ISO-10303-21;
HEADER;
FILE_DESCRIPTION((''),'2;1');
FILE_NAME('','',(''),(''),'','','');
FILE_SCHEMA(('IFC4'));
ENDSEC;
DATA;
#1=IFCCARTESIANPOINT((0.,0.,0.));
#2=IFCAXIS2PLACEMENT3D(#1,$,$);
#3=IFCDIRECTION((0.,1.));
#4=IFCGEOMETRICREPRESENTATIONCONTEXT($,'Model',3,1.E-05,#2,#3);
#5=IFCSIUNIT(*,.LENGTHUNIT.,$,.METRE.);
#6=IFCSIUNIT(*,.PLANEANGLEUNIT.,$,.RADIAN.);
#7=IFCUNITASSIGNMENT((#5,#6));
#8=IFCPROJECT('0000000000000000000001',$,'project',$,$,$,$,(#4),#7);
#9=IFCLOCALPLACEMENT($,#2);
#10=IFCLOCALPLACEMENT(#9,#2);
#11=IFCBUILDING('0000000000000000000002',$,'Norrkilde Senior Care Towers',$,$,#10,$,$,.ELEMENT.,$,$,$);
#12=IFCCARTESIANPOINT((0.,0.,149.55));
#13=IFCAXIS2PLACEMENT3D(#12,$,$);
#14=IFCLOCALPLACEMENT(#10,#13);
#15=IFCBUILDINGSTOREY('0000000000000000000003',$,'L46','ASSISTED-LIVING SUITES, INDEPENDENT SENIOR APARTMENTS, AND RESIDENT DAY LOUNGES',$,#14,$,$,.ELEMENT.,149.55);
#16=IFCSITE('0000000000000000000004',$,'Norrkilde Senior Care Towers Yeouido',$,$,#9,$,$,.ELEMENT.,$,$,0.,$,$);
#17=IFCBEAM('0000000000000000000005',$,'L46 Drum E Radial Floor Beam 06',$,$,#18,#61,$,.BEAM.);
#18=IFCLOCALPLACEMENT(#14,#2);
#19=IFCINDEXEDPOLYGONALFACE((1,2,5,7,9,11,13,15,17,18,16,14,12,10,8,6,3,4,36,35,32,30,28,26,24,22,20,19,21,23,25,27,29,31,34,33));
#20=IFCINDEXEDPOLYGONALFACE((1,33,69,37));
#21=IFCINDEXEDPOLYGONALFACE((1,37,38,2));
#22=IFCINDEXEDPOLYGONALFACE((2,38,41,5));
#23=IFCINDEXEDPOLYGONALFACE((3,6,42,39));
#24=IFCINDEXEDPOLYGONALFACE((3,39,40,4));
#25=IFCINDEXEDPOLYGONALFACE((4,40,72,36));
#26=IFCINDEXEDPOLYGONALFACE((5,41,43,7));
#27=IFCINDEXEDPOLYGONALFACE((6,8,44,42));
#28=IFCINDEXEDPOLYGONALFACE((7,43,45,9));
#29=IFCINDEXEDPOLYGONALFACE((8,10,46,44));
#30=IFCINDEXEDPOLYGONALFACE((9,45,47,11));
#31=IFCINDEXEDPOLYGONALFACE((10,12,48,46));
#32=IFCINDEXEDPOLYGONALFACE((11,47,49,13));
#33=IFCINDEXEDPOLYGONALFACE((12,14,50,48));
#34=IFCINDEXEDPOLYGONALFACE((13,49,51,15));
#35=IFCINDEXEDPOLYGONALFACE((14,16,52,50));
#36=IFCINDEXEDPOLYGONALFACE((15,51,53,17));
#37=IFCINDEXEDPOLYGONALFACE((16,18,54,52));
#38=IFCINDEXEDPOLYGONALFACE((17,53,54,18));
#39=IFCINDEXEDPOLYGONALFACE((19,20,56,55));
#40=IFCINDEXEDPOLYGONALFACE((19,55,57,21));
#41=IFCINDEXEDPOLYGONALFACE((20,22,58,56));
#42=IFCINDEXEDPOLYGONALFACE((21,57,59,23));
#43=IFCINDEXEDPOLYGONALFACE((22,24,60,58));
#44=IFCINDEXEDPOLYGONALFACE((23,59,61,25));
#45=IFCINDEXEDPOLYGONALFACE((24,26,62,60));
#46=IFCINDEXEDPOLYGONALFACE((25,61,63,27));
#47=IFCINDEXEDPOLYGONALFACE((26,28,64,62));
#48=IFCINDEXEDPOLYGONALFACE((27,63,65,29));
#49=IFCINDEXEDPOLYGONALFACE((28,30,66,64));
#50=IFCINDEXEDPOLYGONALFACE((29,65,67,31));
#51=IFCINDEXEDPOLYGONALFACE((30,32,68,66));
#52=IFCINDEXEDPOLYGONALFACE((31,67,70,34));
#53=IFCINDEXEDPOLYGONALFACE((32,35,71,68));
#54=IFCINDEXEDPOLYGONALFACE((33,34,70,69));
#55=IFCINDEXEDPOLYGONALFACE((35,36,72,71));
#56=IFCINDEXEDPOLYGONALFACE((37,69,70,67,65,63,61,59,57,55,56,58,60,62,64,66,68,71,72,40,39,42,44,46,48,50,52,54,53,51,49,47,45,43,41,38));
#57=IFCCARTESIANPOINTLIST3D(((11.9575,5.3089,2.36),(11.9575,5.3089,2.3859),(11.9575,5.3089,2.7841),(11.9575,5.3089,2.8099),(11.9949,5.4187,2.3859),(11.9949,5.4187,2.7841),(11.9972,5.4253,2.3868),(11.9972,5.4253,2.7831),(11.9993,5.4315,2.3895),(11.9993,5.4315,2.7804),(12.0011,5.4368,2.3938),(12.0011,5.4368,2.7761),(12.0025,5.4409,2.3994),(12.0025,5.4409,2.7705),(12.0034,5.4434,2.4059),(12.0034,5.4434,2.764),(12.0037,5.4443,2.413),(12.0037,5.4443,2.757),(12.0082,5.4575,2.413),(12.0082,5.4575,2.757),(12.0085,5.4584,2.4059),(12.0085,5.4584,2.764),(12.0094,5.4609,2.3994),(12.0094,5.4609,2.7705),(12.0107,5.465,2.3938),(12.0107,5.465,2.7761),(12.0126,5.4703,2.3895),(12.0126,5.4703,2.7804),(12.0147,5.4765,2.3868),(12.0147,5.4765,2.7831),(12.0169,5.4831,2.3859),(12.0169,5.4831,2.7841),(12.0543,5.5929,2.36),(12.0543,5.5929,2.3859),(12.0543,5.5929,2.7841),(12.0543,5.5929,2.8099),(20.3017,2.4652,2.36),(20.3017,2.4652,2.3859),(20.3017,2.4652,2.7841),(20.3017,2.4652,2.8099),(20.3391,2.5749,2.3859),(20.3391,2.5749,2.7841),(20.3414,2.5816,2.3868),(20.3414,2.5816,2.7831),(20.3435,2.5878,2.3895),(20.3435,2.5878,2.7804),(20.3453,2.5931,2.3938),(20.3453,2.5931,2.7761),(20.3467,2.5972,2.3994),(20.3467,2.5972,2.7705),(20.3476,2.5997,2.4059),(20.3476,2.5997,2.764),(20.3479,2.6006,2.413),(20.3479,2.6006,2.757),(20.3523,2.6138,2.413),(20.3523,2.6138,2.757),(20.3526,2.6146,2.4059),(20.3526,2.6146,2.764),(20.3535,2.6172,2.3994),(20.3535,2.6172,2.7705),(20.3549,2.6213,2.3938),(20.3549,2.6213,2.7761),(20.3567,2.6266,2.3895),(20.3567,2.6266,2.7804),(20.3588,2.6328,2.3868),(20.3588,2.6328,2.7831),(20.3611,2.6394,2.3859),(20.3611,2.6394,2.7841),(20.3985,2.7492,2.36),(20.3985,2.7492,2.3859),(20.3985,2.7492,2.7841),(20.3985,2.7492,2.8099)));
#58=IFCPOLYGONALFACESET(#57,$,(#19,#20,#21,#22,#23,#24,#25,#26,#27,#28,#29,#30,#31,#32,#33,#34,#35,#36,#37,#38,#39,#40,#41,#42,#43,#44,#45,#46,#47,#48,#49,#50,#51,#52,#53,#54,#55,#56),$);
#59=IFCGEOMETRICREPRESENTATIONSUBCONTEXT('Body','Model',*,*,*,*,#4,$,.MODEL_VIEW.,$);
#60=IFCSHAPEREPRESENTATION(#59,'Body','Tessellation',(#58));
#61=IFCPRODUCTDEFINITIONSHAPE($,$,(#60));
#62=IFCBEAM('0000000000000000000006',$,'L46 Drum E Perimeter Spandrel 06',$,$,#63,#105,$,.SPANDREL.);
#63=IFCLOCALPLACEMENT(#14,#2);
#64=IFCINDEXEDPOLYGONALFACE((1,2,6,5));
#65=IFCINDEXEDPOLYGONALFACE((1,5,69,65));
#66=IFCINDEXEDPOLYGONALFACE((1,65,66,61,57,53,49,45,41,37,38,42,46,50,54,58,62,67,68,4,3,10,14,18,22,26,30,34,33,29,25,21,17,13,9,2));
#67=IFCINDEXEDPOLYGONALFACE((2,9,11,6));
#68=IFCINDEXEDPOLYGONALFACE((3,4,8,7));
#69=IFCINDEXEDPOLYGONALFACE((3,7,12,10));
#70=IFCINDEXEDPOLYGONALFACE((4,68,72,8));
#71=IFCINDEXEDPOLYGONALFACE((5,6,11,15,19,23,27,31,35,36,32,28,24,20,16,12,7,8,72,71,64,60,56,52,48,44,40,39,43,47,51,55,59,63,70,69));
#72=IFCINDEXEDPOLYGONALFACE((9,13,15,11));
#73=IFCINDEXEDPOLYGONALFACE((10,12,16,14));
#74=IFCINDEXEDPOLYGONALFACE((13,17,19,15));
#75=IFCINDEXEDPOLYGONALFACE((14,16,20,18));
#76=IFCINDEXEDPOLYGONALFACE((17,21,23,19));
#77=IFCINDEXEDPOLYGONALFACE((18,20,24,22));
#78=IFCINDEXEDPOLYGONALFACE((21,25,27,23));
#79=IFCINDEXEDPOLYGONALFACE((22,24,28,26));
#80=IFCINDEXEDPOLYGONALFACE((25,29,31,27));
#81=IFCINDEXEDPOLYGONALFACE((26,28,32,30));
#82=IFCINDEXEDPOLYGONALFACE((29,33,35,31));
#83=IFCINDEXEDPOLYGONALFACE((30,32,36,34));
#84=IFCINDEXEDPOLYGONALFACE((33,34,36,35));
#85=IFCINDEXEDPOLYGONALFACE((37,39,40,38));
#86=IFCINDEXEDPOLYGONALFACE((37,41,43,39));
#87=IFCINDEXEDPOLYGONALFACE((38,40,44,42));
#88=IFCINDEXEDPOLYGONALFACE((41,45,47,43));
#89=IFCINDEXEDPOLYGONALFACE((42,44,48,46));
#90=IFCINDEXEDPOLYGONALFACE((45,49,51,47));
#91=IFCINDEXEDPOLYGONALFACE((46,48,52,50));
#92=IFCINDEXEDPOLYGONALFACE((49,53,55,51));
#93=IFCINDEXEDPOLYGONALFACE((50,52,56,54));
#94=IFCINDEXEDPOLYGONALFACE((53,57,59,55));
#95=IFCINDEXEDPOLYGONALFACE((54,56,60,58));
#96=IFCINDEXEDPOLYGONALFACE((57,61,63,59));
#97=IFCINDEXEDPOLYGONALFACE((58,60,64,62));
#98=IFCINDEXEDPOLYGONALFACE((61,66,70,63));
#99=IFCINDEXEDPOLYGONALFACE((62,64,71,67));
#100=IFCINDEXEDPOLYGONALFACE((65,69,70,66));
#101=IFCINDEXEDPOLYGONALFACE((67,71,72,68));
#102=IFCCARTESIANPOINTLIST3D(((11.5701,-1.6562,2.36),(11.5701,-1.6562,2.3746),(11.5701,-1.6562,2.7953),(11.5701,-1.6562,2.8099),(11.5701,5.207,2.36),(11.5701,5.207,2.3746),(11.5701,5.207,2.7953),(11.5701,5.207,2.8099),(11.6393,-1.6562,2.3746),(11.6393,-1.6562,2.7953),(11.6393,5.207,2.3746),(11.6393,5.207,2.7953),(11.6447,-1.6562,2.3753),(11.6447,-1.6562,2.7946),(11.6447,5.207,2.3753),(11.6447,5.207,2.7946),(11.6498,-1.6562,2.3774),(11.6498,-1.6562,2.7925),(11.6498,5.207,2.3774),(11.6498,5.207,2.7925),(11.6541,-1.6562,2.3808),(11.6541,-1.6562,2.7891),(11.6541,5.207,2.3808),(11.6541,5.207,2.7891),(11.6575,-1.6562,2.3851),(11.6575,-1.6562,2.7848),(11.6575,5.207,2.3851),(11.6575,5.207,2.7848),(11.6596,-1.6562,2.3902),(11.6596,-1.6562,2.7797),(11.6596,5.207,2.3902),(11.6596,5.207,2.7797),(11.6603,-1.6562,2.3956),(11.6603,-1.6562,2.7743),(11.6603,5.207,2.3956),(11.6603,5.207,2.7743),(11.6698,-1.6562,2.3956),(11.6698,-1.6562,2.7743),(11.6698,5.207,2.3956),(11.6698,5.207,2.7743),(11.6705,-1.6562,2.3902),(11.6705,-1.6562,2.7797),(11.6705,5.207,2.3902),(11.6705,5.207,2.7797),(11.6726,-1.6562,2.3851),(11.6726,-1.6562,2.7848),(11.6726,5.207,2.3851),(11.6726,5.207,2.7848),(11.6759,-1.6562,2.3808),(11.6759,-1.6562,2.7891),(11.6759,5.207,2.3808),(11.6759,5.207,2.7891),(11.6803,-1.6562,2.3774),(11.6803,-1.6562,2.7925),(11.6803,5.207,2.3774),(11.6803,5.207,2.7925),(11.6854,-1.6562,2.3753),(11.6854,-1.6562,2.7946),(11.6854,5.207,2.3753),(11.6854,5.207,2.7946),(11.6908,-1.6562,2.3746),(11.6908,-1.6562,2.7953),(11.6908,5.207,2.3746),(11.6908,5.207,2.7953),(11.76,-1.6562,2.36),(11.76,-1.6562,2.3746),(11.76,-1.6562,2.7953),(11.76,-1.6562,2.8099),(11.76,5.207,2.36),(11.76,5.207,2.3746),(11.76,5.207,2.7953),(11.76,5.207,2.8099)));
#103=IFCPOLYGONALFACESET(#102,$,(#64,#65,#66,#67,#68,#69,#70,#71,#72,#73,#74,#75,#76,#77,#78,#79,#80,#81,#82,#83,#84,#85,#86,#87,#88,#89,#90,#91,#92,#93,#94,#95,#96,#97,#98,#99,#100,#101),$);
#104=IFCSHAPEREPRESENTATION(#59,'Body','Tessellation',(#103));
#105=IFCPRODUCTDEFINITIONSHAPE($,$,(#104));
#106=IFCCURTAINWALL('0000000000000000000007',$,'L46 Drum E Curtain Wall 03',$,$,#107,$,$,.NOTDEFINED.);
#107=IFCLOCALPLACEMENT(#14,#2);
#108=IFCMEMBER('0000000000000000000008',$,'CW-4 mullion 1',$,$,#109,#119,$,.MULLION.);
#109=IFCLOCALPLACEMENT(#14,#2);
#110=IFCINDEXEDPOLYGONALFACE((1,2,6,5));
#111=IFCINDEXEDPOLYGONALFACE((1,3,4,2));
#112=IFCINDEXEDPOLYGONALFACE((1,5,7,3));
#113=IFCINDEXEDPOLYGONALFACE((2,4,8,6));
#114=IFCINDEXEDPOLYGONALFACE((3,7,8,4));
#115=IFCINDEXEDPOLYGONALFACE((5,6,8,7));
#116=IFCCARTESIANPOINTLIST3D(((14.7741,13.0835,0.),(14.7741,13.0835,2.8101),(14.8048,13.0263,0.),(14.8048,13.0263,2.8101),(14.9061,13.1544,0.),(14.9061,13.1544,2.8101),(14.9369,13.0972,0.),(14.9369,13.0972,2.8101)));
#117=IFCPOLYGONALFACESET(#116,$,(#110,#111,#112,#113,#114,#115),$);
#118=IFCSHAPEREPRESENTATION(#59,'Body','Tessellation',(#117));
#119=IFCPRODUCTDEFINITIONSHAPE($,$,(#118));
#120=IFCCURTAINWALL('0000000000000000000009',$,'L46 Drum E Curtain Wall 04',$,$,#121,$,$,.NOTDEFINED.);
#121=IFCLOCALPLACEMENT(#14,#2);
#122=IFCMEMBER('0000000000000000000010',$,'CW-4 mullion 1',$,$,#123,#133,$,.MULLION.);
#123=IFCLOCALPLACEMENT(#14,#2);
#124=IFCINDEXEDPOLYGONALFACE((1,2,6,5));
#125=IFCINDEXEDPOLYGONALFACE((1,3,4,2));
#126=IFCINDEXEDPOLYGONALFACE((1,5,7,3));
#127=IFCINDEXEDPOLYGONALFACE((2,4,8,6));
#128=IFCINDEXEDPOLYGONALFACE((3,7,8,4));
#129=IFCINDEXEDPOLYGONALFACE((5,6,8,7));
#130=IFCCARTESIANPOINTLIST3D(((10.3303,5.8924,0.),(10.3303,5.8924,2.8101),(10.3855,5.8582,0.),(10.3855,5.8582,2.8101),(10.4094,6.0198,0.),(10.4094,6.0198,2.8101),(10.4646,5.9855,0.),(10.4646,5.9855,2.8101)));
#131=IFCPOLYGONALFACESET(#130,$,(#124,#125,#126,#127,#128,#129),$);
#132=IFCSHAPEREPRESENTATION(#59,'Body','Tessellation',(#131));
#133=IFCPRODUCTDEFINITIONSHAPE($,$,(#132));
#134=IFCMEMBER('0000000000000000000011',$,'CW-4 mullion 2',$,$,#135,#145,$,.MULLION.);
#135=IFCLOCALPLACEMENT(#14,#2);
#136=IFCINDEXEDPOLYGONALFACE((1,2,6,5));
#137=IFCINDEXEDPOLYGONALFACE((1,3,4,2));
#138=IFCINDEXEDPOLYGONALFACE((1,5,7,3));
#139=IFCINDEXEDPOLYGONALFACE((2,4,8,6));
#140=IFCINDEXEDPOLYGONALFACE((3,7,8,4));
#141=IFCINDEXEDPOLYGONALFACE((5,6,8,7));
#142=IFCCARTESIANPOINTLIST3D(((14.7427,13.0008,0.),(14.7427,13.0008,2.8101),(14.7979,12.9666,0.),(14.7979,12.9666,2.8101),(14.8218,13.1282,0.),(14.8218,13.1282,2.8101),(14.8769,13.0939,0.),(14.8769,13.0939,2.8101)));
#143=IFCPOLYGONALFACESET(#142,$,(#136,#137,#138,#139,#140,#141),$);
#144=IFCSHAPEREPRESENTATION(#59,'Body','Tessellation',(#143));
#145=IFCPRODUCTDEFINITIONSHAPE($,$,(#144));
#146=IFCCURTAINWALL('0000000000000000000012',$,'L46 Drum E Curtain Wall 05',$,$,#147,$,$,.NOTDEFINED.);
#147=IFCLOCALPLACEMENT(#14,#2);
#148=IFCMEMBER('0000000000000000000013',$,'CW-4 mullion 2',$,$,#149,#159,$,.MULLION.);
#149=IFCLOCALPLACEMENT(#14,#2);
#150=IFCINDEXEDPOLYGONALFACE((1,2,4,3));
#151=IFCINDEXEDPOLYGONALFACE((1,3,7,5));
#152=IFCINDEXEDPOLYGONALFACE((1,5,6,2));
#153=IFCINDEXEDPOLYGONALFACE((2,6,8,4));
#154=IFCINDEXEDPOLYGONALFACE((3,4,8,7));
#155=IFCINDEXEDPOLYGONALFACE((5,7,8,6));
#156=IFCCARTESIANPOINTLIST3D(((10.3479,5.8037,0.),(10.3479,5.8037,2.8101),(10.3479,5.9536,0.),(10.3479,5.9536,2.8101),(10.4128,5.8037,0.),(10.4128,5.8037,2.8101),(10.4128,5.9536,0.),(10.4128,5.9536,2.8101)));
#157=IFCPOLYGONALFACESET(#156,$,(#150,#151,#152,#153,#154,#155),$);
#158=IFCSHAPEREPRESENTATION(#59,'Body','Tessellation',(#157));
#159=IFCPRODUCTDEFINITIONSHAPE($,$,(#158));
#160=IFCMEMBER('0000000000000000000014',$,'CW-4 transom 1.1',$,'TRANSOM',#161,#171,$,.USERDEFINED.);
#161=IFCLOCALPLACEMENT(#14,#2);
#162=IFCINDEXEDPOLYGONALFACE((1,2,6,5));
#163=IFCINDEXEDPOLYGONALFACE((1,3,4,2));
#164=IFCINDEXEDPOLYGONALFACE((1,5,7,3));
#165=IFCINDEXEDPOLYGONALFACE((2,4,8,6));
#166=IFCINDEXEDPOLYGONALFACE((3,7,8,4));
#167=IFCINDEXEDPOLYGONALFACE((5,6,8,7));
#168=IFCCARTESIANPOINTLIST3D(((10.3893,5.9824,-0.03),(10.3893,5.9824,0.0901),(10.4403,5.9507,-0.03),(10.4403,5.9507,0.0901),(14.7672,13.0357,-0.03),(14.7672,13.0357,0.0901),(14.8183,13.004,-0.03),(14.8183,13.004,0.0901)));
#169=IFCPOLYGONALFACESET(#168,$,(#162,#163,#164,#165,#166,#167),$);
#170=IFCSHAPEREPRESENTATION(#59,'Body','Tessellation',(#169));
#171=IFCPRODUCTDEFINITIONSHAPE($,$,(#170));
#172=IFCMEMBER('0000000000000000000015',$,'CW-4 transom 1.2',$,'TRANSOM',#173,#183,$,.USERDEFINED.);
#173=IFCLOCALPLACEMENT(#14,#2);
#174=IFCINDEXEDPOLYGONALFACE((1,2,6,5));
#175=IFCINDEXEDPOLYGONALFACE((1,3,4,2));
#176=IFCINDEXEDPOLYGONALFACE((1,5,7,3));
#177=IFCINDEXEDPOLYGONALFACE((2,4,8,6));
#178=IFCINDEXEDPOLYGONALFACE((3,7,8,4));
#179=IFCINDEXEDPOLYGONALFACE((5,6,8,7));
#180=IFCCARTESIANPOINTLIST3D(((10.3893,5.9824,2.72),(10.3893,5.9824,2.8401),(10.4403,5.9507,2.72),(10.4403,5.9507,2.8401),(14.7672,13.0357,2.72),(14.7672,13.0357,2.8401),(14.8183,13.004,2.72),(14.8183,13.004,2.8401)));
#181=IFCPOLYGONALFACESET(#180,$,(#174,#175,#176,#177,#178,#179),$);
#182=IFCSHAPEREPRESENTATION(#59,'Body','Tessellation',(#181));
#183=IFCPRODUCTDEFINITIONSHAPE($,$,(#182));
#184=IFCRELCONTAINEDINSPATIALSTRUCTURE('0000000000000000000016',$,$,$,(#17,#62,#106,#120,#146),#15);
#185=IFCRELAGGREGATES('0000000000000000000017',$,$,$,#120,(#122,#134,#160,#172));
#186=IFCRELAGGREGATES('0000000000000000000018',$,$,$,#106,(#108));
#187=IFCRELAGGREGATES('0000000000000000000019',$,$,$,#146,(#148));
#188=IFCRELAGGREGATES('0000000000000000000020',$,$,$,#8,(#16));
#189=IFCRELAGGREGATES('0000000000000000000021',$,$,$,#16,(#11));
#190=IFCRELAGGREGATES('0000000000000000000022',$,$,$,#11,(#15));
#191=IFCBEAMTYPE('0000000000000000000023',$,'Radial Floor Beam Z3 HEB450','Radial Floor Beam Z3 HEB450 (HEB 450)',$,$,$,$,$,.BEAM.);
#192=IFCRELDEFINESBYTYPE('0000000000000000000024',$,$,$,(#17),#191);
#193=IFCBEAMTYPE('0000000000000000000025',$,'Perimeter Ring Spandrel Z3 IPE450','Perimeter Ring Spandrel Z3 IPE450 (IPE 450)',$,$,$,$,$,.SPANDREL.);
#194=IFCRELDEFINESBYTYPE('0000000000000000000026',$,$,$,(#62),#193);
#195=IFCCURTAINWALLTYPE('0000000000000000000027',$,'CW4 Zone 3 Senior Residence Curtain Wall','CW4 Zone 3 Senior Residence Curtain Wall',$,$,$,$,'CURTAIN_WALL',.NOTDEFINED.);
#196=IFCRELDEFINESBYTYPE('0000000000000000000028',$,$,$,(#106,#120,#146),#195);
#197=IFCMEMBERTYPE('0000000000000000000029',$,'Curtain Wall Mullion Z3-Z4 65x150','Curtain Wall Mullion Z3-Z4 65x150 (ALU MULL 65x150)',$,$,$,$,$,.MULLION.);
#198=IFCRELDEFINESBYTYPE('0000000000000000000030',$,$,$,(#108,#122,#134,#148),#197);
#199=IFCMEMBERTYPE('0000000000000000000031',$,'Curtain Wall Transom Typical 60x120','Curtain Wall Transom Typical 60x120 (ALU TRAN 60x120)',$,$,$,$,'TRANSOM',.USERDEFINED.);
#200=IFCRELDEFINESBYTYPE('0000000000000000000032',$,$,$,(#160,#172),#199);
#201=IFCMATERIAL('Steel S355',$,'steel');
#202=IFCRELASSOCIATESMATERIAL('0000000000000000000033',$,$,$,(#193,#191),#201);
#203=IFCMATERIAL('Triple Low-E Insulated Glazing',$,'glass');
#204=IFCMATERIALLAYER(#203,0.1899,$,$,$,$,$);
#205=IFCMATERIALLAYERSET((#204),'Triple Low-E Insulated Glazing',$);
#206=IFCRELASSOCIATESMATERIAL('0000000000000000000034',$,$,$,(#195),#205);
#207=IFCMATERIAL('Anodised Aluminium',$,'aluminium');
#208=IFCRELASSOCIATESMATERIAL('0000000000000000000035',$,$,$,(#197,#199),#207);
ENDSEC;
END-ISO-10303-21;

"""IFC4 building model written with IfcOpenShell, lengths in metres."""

from ifc_helpers import new_model, si_unit, direction, frame, origin, origin_2d, place, context, subcontext, project, spatial, rectangle, i_section, extrude, source, transform, mapped, material, layer, layer_set, material_profile, profile_set, type_object, type_shapes, element, aggregate, save


model = new_model("IFC4")

# Units and contexts
model_context = context("Model", 3, precision=1e-05, world=origin(), true_north=direction((0.0, 1.0)))
body_context = subcontext(model_context, "Body", "Model", "MODEL_VIEW")
ifc_project = project(units=[si_unit("LENGTHUNIT", "METRE"), si_unit("PLANEANGLEUNIT", "RADIAN")], contexts=[model_context])

# Site, building, storey
site_placement = place(None, origin())
site = spatial("IfcSite", under=ifc_project, at=site_placement, Name="Norrkilde Senior Care Towers Yeouido", CompositionType="ELEMENT", RefElevation=0.0)
building_placement = place(site_placement, origin())
building = spatial("IfcBuilding", under=site, at=building_placement, Name="Norrkilde Senior Care Towers", CompositionType="ELEMENT")
storey_placement = place(building_placement, frame((0.0, 0.0, 149.55)))
storey = spatial("IfcBuildingStorey", under=building, at=storey_placement, Name="L46", Description="ASSISTED-LIVING SUITES, INDEPENDENT SENIOR APARTMENTS, AND RESIDENT DAY LOUNGES", CompositionType="ELEMENT", Elevation=149.55)

# Beams
ifc_material_1 = material(Name="Steel S355", Category="steel")
ifc_material_profile_1 = material_profile(ifc_material_1, i_section(OverallWidth=0.1899, OverallDepth=0.45, WebThickness=0.0095, FlangeThickness=0.0146, FilletRadius=0.021, at=origin_2d()), Name="IPE 450")
ifc_profile_set_1 = profile_set([ifc_material_profile_1], Name="Steel S355")
beam_type_1 = type_object("IfcBeamType", Name="Perimeter Ring Spandrel Z3 IPE450", Description="Perimeter Ring Spandrel Z3 IPE450 (IPE 450)", PredefinedType="SPANDREL", material=ifc_profile_set_1)
ifc_material_profile_2 = material_profile(ifc_material_1, i_section(OverallWidth=0.3, OverallDepth=0.45, WebThickness=0.0139, FlangeThickness=0.0259, FilletRadius=0.0271, at=origin_2d()), Name="HEB 450")
ifc_profile_set_2 = profile_set([ifc_material_profile_2], Name="Steel S355")
beam_type_2 = type_object("IfcBeamType", Name="Radial Floor Beam Z3 HEB450", Description="Radial Floor Beam Z3 HEB450 (HEB 450)", PredefinedType="BEAM", material=ifc_profile_set_2)
shared_shape_1 = source(origin(), body_context, "Body", "SweptSolid", [
    extrude(i_section(OverallWidth=0.3, OverallDepth=0.45, WebThickness=0.0139, FlangeThickness=0.0259, FilletRadius=0.0271, at=origin_2d()), origin(), (0.0, 0.0, 1.0), 8.8154),
])
type_shapes(beam_type_2, [shared_shape_1])
beam_1_placement = place(storey_placement, frame((20.3501, 2.6072, 2.585), z_axis=(-0.946541, 0.322585, 0.0), x_axis=(-0.322585, -0.946541, 0.0)))
element("IfcBeam", 1, at=beam_1_placement, inside=storey, type_object=beam_type_2, Name="L46 Drum E Radial Floor Beam 06", PredefinedType="BEAM", context=body_context, shape_type="MappedRepresentation", body=[
    mapped(shared_shape_1, transform((0.0, 0.0, 0.0), x_axis=(1.0, 0.0, 0.0), y_axis=(0.0, 1.0, 0.0), z_axis=(0.0, 0.0, 1.0), scale=1.0)),
])
shared_shape_2 = source(origin(), body_context, "Body", "SweptSolid", [
    extrude(i_section(OverallWidth=0.1899, OverallDepth=0.45, WebThickness=0.0095, FlangeThickness=0.0146, FilletRadius=0.021, at=origin_2d()), origin(), (0.0, 0.0, 1.0), 6.8633),
])
beam_2_placement = place(storey_placement, frame((11.665, 5.207, 2.585), z_axis=(0.0, -1.0, 0.0), x_axis=(1.0, 0.0, 0.0)))
element("IfcBeam", 2, at=beam_2_placement, inside=storey, type_object=beam_type_1, Name="L46 Drum E Perimeter Spandrel 06", PredefinedType="SPANDREL", context=body_context, shape_type="MappedRepresentation", body=[
    mapped(shared_shape_2, transform((0.0, 0.0, 0.0), x_axis=(1.0, 0.0, 0.0), y_axis=(0.0, 1.0, 0.0), z_axis=(0.0, 0.0, 1.0), scale=1.0)),
])

# Curtain wall, member
ifc_material_2 = material(Name="Triple Low-E Insulated Glazing", Category="glass")
ifc_layer_1 = layer(ifc_material_2, 0.1899)
ifc_layer_set_1 = layer_set([ifc_layer_1], Name="Triple Low-E Insulated Glazing")
curtain_wall_type = type_object("IfcCurtainWallType", Name="CW4 Zone 3 Senior Residence Curtain Wall", Description="CW4 Zone 3 Senior Residence Curtain Wall", ElementType="CURTAIN_WALL", PredefinedType="NOTDEFINED", material=ifc_layer_set_1)
curtain_wall_1_placement = place(storey_placement, origin())
curtain_wall_1 = element("IfcCurtainWall", 3, at=curtain_wall_1_placement, inside=storey, type_object=curtain_wall_type, Name="L46 Drum E Curtain Wall 03", PredefinedType="NOTDEFINED")
ifc_material_3 = material(Name="Anodised Aluminium", Category="aluminium")
ifc_material_profile_3 = material_profile(ifc_material_3, rectangle(XDim=0.0649, YDim=0.1499, at=origin_2d()), Name="ALU MULL 65x150")
ifc_profile_set_3 = profile_set([ifc_material_profile_3], Name="Anodised Aluminium")
member_type_1 = type_object("IfcMemberType", Name="Curtain Wall Mullion Z3-Z4 65x150", Description="Curtain Wall Mullion Z3-Z4 65x150 (ALU MULL 65x150)", PredefinedType="MULLION", material=ifc_profile_set_3)
shared_shape_3 = source(origin(), body_context, "Body", "SweptSolid", [
    extrude(rectangle(XDim=0.0649, YDim=0.1499, at=origin_2d()), origin(), (0.0, 0.0, 1.0), 2.8101),
])
type_shapes(member_type_1, [shared_shape_3])
member_1_placement = place(storey_placement, frame((14.8555, 13.0903, 0.0), z_axis=(0.0, 0.0, 1.0), x_axis=(-0.473117, 0.881, 0.0)))
member_1 = element("IfcMember", 4, at=member_1_placement, type_object=member_type_1, Name="CW-4 mullion 1", PredefinedType="MULLION", context=body_context, shape_type="MappedRepresentation", body=[
    mapped(shared_shape_3, transform((0.0, 0.0, 0.0), x_axis=(1.0, 0.0, 0.0), y_axis=(0.0, 1.0, 0.0), z_axis=(0.0, 0.0, 1.0), scale=1.0)),
])

# Curtain wall, members
curtain_wall_2_placement = place(storey_placement, origin())
curtain_wall_2 = element("IfcCurtainWall", 5, at=curtain_wall_2_placement, inside=storey, type_object=curtain_wall_type, Name="L46 Drum E Curtain Wall 04", PredefinedType="NOTDEFINED")
member_2_placement = place(storey_placement, frame((10.3975, 5.939, 0.0), z_axis=(0.0, 0.0, 1.0), x_axis=(-0.849634, 0.527373, 0.0)))
member_2 = element("IfcMember", 6, at=member_2_placement, type_object=member_type_1, Name="CW-4 mullion 1", PredefinedType="MULLION", context=body_context, shape_type="MappedRepresentation", body=[
    mapped(shared_shape_3, transform((0.0, 0.0, 0.0), x_axis=(1.0, 0.0, 0.0), y_axis=(0.0, 1.0, 0.0), z_axis=(0.0, 0.0, 1.0), scale=1.0)),
])
member_3_placement = place(storey_placement, frame((14.8098, 13.0474, 0.0), z_axis=(0.0, 0.0, 1.0), x_axis=(-0.849634, 0.527373, 0.0)))
member_3 = element("IfcMember", 7, at=member_3_placement, type_object=member_type_1, Name="CW-4 mullion 2", PredefinedType="MULLION", context=body_context, shape_type="MappedRepresentation", body=[
    mapped(shared_shape_3, transform((0.0, 0.0, 0.0), x_axis=(1.0, 0.0, 0.0), y_axis=(0.0, 1.0, 0.0), z_axis=(0.0, 0.0, 1.0), scale=1.0)),
])

# Curtain wall, member
curtain_wall_3_placement = place(storey_placement, origin())
curtain_wall_3 = element("IfcCurtainWall", 8, at=curtain_wall_3_placement, inside=storey, type_object=curtain_wall_type, Name="L46 Drum E Curtain Wall 05", PredefinedType="NOTDEFINED")
member_4_placement = place(storey_placement, frame((10.3804, 5.8787, 0.0), z_axis=(0.0, 0.0, 1.0), x_axis=(-1.0, 0.0, 0.0)))
member_4 = element("IfcMember", 9, at=member_4_placement, type_object=member_type_1, Name="CW-4 mullion 2", PredefinedType="MULLION", context=body_context, shape_type="MappedRepresentation", body=[
    mapped(shared_shape_3, transform((0.0, 0.0, 0.0), x_axis=(1.0, 0.0, 0.0), y_axis=(0.0, 1.0, 0.0), z_axis=(0.0, 0.0, 1.0), scale=1.0)),
])

# Members
ifc_material_profile_4 = material_profile(ifc_material_3, rectangle(XDim=0.0601, YDim=0.1201, at=origin_2d()), Name="ALU TRAN 60x120")
ifc_profile_set_4 = profile_set([ifc_material_profile_4], Name="Anodised Aluminium")
member_type_2 = type_object("IfcMemberType", Name="Curtain Wall Transom Typical 60x120", Description="Curtain Wall Transom Typical 60x120 (ALU TRAN 60x120)", ElementType="TRANSOM", PredefinedType="USERDEFINED", material=ifc_profile_set_4)
shared_shape_4 = source(origin(), body_context, "Body", "SweptSolid", [
    extrude(rectangle(XDim=0.0601, YDim=0.1201, at=origin_2d()), origin(), (0.0, 0.0, 1.0), 8.3015),
])
member_5_placement = place(storey_placement, frame((10.4148, 5.9666, 0.03), z_axis=(0.527369, 0.849637, 0.0), x_axis=(-0.849637, 0.527369, 0.0)))
member_5 = element("IfcMember", 10, at=member_5_placement, type_object=member_type_2, Name="CW-4 transom 1.1", ObjectType="TRANSOM", PredefinedType="USERDEFINED", context=body_context, shape_type="MappedRepresentation", body=[
    mapped(shared_shape_4, transform((0.0, 0.0, 0.0), x_axis=(1.0, 0.0, 0.0), y_axis=(0.0, 1.0, 0.0), z_axis=(0.0, 0.0, 1.0), scale=1.0)),
])
member_6_placement = place(storey_placement, frame((10.4148, 5.9666, 2.78), z_axis=(0.527369, 0.849637, 0.0), x_axis=(-0.849637, 0.527369, 0.0)))
member_6 = element("IfcMember", 11, at=member_6_placement, type_object=member_type_2, Name="CW-4 transom 1.2", ObjectType="TRANSOM", PredefinedType="USERDEFINED", context=body_context, shape_type="MappedRepresentation", body=[
    mapped(shared_shape_4, transform((0.0, 0.0, 0.0), x_axis=(1.0, 0.0, 0.0), y_axis=(0.0, 1.0, 0.0), z_axis=(0.0, 0.0, 1.0), scale=1.0)),
])

aggregate(curtain_wall_2, [member_2, member_3, member_5, member_6])
aggregate(curtain_wall_1, [member_1])
aggregate(curtain_wall_3, [member_4])

save(model, "model.ifc")
